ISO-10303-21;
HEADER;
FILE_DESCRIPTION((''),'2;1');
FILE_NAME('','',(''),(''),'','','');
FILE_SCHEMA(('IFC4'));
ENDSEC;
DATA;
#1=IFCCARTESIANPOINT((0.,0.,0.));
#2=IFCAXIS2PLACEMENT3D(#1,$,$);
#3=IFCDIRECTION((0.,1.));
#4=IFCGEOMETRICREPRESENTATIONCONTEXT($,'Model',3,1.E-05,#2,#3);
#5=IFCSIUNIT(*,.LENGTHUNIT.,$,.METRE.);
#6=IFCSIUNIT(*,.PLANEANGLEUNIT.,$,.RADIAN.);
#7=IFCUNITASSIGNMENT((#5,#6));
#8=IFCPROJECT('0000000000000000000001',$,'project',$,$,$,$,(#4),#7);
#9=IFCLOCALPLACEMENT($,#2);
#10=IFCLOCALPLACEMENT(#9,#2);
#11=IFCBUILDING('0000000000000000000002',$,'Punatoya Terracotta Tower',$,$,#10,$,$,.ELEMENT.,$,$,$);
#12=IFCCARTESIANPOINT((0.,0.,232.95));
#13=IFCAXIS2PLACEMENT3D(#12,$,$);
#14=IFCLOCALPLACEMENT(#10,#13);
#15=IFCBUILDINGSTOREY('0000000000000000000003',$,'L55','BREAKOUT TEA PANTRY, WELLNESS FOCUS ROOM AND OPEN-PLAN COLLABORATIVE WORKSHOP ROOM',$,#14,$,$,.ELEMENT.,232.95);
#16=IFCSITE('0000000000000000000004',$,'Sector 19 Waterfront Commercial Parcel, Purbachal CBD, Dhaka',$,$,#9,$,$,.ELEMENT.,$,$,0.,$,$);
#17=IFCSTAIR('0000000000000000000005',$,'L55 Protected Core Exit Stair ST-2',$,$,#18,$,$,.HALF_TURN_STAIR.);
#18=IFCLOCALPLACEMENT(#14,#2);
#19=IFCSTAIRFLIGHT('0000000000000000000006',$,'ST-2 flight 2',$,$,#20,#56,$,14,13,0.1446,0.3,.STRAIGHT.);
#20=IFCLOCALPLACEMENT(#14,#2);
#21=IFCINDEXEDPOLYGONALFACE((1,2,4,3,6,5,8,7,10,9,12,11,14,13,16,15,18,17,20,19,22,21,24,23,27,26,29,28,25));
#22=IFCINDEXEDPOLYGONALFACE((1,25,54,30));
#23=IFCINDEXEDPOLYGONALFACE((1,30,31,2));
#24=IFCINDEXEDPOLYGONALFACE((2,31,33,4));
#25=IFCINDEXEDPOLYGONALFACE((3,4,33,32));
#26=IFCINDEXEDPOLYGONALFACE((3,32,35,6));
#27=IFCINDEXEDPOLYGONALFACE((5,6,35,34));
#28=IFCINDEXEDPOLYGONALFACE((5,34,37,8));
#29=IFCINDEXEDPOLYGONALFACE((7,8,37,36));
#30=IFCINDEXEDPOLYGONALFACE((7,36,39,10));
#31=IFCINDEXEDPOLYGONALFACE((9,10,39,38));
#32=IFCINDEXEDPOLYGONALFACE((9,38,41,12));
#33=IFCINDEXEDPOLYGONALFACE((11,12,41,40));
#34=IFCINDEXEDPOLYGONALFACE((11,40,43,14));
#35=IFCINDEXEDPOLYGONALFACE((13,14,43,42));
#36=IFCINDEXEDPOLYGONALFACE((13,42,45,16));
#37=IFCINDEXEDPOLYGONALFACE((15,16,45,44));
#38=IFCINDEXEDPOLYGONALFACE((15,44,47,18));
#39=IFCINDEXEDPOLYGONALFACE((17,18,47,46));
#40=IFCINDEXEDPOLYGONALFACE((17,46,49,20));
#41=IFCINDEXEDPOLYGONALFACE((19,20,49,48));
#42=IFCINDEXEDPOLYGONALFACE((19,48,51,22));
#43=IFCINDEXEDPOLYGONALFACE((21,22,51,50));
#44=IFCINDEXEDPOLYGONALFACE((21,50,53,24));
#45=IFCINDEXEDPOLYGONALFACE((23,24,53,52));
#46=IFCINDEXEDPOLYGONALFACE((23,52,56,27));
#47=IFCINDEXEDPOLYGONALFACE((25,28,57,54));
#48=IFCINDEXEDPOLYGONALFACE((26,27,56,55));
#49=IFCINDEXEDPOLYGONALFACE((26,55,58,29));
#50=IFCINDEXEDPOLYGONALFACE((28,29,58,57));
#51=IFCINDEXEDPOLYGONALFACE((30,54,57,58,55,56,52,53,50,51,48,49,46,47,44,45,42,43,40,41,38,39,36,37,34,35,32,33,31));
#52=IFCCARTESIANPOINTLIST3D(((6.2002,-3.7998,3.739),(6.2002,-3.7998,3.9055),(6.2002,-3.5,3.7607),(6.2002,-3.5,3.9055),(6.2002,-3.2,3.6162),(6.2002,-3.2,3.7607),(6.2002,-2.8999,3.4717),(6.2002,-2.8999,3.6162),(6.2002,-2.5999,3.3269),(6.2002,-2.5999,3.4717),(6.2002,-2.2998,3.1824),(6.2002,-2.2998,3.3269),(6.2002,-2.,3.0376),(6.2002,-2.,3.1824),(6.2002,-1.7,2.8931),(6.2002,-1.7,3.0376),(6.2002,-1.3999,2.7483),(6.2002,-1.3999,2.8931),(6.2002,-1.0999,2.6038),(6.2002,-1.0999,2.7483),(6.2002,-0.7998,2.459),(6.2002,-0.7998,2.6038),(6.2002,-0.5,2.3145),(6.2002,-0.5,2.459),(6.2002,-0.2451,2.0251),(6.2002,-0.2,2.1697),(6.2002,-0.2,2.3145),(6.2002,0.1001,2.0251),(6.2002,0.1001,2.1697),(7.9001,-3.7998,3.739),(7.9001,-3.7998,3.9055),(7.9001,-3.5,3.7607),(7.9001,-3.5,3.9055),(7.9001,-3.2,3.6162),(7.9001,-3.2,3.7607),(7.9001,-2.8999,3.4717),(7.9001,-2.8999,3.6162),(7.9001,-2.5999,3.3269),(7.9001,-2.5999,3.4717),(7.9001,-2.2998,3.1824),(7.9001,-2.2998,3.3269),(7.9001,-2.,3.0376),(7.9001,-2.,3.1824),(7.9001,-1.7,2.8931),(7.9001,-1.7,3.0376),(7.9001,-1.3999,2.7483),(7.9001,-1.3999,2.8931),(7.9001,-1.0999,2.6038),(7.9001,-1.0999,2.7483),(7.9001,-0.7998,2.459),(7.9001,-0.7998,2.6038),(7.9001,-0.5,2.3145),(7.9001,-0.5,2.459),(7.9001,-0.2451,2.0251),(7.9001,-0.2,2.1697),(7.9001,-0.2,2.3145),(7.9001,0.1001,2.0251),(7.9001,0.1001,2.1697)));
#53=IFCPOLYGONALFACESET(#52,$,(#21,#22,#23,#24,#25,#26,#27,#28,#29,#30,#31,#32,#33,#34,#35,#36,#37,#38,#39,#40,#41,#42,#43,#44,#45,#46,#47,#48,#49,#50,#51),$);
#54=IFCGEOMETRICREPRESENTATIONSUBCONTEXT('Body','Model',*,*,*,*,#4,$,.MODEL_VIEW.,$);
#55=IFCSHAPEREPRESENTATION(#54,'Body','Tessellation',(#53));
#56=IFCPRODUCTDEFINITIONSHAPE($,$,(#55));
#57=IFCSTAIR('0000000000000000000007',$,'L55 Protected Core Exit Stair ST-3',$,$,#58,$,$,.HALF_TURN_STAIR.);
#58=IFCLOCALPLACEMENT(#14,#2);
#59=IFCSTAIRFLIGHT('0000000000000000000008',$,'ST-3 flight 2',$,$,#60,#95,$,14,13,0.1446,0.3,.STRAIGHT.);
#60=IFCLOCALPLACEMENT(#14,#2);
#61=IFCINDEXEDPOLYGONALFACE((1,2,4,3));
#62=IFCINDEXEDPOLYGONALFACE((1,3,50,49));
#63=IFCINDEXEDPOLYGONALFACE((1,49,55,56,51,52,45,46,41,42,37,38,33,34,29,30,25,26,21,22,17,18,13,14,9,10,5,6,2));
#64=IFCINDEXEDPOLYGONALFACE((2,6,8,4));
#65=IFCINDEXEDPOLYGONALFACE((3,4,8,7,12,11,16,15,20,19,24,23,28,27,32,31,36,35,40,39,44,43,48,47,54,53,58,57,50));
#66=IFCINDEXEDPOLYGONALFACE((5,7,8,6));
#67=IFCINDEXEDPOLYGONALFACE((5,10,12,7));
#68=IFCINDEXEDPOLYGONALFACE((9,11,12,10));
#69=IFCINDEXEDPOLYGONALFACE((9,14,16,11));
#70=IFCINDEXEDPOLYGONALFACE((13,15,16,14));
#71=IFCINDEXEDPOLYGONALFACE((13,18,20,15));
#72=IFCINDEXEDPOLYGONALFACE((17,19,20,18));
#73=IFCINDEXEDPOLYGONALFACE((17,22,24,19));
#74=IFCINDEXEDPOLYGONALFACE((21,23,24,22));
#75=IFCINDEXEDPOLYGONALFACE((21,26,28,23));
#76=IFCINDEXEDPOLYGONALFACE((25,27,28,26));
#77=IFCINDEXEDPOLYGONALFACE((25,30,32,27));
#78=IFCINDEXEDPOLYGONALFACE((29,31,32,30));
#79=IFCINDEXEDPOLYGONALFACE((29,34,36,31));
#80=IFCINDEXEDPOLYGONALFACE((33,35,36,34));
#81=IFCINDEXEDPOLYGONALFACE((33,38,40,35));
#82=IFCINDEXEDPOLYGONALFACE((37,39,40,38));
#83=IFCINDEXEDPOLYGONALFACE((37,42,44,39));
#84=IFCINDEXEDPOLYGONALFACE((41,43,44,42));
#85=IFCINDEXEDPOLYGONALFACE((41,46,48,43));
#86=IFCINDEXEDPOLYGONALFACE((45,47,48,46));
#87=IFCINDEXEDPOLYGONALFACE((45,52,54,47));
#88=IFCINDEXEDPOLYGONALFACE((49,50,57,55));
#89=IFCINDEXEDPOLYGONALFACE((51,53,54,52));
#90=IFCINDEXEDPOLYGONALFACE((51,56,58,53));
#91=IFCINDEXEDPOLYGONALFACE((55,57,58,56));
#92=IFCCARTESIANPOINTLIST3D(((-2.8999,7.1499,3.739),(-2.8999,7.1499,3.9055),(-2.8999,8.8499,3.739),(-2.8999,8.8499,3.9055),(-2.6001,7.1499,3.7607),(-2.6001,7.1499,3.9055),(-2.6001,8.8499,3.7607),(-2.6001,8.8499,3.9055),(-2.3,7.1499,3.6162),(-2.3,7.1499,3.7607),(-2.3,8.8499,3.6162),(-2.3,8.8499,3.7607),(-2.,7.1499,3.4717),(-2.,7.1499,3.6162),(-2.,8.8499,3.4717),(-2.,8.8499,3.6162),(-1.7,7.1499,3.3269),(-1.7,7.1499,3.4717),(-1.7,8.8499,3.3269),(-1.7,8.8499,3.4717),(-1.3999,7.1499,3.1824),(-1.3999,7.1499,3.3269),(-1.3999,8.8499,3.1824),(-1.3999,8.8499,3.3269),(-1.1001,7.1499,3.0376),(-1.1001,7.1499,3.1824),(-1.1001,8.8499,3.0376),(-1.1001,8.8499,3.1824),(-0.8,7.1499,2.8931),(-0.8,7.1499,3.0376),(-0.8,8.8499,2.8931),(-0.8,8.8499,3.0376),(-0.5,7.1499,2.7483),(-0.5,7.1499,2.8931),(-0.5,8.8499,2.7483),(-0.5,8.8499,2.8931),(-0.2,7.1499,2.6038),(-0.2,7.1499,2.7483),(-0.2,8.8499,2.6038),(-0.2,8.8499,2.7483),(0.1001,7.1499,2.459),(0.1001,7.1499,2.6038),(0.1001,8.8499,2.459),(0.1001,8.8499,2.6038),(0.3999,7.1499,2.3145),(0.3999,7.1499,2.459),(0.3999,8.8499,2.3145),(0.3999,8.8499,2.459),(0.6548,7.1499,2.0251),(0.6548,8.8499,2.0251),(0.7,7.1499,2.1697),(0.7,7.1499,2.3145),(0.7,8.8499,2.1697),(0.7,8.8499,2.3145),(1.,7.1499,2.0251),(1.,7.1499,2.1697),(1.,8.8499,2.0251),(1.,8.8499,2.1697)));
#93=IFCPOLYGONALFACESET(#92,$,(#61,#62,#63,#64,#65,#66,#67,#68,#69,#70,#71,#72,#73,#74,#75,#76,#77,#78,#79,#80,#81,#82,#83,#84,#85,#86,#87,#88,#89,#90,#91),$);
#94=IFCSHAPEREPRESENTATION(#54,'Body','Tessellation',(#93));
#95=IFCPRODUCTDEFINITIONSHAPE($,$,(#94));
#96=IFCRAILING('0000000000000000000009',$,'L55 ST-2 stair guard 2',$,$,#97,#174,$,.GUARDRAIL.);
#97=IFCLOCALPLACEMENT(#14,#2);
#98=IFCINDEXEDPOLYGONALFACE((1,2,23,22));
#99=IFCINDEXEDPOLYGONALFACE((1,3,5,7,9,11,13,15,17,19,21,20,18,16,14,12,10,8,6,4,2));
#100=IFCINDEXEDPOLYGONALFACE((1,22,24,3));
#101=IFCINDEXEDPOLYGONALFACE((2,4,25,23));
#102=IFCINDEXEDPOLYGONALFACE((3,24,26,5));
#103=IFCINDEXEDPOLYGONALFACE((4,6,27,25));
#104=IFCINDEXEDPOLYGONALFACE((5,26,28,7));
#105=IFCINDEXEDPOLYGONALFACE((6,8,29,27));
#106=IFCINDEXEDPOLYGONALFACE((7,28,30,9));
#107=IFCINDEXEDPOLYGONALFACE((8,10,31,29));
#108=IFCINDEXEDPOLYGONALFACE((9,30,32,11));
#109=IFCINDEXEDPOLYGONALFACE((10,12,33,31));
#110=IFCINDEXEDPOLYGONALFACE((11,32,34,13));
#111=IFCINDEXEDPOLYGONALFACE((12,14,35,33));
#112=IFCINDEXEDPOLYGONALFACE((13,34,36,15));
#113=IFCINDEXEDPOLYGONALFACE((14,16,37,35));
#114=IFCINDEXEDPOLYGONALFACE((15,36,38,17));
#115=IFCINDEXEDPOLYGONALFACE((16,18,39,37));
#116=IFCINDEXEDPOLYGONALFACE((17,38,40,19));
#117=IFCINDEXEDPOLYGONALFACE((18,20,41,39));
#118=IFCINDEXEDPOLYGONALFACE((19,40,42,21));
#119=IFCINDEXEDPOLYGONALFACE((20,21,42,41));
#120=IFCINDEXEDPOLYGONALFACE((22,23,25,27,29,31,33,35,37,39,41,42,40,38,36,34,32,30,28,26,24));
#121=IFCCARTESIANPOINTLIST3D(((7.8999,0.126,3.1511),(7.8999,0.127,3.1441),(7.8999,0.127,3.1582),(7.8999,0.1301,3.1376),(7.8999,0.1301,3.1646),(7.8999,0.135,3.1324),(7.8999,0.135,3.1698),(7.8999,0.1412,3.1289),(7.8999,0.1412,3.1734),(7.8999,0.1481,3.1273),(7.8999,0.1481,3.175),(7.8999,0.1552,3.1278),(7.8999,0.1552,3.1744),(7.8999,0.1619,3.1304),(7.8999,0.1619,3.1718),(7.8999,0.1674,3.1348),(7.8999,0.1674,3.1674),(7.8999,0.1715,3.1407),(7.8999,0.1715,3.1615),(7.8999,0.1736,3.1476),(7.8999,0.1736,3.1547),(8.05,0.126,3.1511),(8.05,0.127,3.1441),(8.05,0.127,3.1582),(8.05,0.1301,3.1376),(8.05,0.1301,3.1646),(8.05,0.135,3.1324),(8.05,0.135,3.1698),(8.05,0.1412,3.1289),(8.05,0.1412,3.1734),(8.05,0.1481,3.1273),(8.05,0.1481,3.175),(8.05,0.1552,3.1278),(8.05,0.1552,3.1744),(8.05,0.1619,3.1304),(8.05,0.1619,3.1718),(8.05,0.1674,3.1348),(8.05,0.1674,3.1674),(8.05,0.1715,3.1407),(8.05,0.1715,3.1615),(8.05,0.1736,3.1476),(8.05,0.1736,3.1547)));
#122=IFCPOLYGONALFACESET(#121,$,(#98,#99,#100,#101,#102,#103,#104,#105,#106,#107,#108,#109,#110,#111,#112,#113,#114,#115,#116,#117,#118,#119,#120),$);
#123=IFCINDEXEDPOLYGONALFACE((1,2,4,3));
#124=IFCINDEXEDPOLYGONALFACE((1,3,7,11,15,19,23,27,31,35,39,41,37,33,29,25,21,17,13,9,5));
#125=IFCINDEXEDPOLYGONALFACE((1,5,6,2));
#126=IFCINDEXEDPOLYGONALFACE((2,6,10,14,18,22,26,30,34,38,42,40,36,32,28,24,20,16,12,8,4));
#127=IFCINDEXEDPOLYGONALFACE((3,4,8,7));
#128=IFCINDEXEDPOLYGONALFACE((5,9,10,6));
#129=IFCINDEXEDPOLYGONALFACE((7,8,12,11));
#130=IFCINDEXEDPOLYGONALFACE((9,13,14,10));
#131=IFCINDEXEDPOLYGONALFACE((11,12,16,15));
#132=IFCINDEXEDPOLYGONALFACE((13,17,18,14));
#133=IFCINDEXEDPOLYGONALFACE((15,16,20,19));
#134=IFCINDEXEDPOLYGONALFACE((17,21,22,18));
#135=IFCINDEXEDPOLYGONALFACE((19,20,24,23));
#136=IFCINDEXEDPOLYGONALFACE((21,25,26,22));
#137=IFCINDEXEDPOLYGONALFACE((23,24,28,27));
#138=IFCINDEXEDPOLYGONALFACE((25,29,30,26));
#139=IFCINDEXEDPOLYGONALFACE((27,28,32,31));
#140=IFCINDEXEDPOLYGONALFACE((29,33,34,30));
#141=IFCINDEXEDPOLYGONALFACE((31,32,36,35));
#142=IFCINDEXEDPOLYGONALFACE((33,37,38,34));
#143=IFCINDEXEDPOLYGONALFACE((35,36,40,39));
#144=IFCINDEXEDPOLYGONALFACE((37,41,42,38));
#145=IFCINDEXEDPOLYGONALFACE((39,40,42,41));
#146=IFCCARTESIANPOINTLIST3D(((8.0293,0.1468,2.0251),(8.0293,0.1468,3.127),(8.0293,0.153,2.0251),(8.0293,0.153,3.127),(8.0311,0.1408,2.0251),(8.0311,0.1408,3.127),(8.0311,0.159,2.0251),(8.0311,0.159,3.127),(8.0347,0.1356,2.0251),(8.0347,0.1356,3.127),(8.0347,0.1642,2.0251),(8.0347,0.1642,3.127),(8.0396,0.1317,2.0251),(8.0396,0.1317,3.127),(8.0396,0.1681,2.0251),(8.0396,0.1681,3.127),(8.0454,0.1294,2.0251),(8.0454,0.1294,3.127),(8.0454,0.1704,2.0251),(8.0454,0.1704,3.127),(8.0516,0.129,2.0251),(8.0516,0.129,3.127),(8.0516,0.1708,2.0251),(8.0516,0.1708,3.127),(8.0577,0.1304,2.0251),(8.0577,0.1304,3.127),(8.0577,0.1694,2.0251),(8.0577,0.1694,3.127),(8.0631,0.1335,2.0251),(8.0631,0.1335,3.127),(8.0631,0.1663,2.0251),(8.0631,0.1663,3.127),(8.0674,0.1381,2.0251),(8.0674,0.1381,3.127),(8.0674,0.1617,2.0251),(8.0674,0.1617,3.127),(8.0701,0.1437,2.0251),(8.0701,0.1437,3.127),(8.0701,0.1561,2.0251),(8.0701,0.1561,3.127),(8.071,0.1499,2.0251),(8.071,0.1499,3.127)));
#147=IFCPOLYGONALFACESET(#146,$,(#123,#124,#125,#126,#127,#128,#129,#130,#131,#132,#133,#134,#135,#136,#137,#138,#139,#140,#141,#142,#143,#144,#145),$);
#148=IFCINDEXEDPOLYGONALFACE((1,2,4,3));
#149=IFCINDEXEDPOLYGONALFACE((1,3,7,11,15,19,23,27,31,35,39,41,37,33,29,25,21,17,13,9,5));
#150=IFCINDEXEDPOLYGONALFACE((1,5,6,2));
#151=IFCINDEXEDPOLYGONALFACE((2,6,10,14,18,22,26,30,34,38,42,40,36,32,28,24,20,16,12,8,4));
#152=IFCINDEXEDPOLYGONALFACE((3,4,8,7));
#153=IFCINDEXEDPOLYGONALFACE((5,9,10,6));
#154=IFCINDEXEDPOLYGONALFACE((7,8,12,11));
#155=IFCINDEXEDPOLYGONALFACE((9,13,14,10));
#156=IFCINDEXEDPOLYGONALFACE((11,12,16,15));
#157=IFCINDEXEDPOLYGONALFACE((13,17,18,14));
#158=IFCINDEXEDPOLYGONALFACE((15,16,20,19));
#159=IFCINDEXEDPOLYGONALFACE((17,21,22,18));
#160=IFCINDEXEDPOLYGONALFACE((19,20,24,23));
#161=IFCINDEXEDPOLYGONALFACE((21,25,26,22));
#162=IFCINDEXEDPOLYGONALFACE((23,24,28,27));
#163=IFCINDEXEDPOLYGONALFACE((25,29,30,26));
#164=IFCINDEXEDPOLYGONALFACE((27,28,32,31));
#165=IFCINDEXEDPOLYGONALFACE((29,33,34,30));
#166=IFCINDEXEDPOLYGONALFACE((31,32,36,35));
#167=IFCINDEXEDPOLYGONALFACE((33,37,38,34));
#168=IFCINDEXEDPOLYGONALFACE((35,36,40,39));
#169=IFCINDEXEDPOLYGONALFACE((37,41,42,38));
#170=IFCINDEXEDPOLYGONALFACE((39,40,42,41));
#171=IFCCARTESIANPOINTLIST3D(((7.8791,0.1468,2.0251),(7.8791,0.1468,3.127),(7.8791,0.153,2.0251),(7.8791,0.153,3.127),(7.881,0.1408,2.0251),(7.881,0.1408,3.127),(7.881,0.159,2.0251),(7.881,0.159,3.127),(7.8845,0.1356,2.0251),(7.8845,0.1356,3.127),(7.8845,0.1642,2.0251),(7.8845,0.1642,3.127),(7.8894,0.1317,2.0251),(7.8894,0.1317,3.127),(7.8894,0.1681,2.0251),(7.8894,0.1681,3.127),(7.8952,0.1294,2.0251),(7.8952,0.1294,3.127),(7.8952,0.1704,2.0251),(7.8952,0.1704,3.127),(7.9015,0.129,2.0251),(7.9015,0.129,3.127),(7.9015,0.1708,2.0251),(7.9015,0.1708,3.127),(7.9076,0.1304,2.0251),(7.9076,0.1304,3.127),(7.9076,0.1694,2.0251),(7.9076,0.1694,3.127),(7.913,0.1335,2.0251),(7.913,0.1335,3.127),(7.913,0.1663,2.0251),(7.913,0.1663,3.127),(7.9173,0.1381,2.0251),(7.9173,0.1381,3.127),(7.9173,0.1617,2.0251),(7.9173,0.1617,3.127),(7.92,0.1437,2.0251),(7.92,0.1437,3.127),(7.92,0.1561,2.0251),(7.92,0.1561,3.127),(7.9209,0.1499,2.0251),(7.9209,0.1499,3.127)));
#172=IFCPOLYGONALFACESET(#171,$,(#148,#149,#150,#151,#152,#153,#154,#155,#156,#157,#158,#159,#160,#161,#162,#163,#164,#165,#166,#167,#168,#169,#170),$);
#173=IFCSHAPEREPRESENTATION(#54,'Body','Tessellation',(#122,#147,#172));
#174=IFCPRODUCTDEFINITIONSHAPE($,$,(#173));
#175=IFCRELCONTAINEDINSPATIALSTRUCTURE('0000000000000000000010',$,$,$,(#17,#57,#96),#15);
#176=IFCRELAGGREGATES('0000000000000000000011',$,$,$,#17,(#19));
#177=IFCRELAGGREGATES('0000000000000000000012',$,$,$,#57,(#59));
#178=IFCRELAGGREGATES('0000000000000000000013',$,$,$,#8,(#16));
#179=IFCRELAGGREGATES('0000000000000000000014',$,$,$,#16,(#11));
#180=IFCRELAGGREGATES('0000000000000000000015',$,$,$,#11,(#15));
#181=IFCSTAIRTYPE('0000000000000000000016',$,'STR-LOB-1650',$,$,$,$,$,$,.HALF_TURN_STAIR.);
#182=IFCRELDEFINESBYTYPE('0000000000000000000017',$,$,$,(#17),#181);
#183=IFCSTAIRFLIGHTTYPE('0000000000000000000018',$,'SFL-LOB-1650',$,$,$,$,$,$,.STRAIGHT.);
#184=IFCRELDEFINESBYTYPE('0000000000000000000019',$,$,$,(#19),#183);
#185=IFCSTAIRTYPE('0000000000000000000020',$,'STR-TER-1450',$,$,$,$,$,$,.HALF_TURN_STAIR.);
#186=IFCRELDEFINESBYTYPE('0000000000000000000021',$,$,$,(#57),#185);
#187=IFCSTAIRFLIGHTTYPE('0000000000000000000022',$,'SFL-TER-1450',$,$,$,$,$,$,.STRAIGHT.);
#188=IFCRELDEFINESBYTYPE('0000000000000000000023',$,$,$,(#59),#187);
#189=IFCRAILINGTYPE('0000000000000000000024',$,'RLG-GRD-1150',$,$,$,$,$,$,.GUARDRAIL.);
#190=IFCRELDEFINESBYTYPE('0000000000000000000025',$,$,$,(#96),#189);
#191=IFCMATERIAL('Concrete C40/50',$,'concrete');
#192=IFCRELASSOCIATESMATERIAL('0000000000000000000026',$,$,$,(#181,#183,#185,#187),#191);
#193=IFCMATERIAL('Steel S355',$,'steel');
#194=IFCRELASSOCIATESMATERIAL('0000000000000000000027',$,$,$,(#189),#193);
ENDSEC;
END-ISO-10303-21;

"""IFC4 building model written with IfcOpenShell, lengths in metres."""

from ifc_helpers import new_model, si_unit, direction, frame, origin, origin_2d, place, context, subcontext, project, spatial, polyline, circle, outline, extrude, material, type_object, element, aggregate, save


model = new_model("IFC4")

# Units and contexts
model_context = context("Model", 3, precision=1e-05, world=origin(), true_north=direction((0.0, 1.0)))
body_context = subcontext(model_context, "Body", "Model", "MODEL_VIEW")
ifc_project = project(units=[si_unit("LENGTHUNIT", "METRE"), si_unit("PLANEANGLEUNIT", "RADIAN")], contexts=[model_context])

# Site, building, storey
site_placement = place(None, origin())
site = spatial("IfcSite", under=ifc_project, at=site_placement, Name="Sector 19 Waterfront Commercial Parcel, Purbachal CBD, Dhaka", CompositionType="ELEMENT", RefElevation=0.0)
building_placement = place(site_placement, origin())
building = spatial("IfcBuilding", under=site, at=building_placement, Name="Punatoya Terracotta Tower", CompositionType="ELEMENT")
storey_placement = place(building_placement, frame((0.0, 0.0, 232.95)))
storey = spatial("IfcBuildingStorey", under=building, at=storey_placement, Name="L55", Description="BREAKOUT TEA PANTRY, WELLNESS FOCUS ROOM AND OPEN-PLAN COLLABORATIVE WORKSHOP ROOM", CompositionType="ELEMENT", Elevation=232.95)

# Shared definitions
ifc_material_1 = material(Name="Steel S355", Category="steel")

# Shared definitions
ifc_material_2 = material(Name="Concrete C40/50", Category="concrete")

# Stairs, stair flights
stair_type_1 = type_object("IfcStairType", Name="STR-LOB-1650", PredefinedType="HALF_TURN_STAIR", material=ifc_material_2)
stair_1_placement = place(storey_placement, origin())
stair_1 = element("IfcStair", 1, at=stair_1_placement, inside=storey, type_object=stair_type_1, Name="L55 Protected Core Exit Stair ST-2", PredefinedType="HALF_TURN_STAIR")
stair_flight_type_1 = type_object("IfcStairFlightType", Name="SFL-LOB-1650", PredefinedType="STRAIGHT", material=ifc_material_2)
stair_flight_1_placement = place(storey_placement, frame((7.05, 0.1001, 2.0251), z_axis=(0.0, 0.0, 1.0), x_axis=(0.0, -1.0, 0.0)))
stair_flight_1 = element("IfcStairFlight", 2, at=stair_flight_1_placement, type_object=stair_flight_type_1, Name="ST-2 flight 2", NumberOfRisers=14, NumberOfTreads=13, PredefinedType="STRAIGHT", RiserHeight=0.1446, TreadLength=0.3, context=body_context, shape_type="SweptSolid", body=[
    extrude(outline(polyline([(0.0, 0.0), (0.0, 0.1445), (0.3, 0.1445), (0.3, 0.2893), (0.6001, 0.2893), (0.6001, 0.4338), (0.8999, 0.4338), (0.8999, 0.5786), (1.2, 0.5786), (1.2, 0.7231), (1.5, 0.7231), (1.5, 0.8679), (1.8, 0.8679), (1.8, 1.0125), (2.1001, 1.0125), (2.1001, 1.1572), (2.3999, 1.1572), (2.3999, 1.3018), (2.7, 1.3018), (2.7, 1.4465), (3.0, 1.4465), (3.0, 1.5911), (3.3, 1.5911), (3.3, 1.7356), (3.6001, 1.7356), (3.6001, 1.8804), (3.8999, 1.8804), (3.8999, 2.0249), (3.8999, 1.7139), (0.3452, 0.0), (0.0, 0.0)])), frame((0.0, 0.8501, 0.0), z_axis=(0.0, -1.0, 0.0), x_axis=(1.0, 0.0, 0.0)), (0.0, 0.0, 1.0), 1.7),
])
aggregate(stair_1, [stair_flight_1])
stair_type_2 = type_object("IfcStairType", Name="STR-TER-1450", PredefinedType="HALF_TURN_STAIR", material=ifc_material_2)
stair_2_placement = place(storey_placement, origin())
stair_2 = element("IfcStair", 3, at=stair_2_placement, inside=storey, type_object=stair_type_2, Name="L55 Protected Core Exit Stair ST-3", PredefinedType="HALF_TURN_STAIR")
stair_flight_type_2 = type_object("IfcStairFlightType", Name="SFL-TER-1450", PredefinedType="STRAIGHT", material=ifc_material_2)
stair_flight_2_placement = place(storey_placement, frame((1.0, 8.0, 2.0251), z_axis=(0.0, 0.0, 1.0), x_axis=(-1.0, 0.0, 0.0)))
stair_flight_2 = element("IfcStairFlight", 4, at=stair_flight_2_placement, type_object=stair_flight_type_2, Name="ST-3 flight 2", NumberOfRisers=14, NumberOfTreads=13, PredefinedType="STRAIGHT", RiserHeight=0.1446, TreadLength=0.3, context=body_context, shape_type="SweptSolid", body=[
    extrude(outline(polyline([(0.0, 0.0), (0.0, 0.1445), (0.3, 0.1445), (0.3, 0.2893), (0.6001, 0.2893), (0.6001, 0.4338), (0.8999, 0.4338), (0.8999, 0.5786), (1.2, 0.5786), (1.2, 0.7231), (1.5, 0.7231), (1.5, 0.8679), (1.8, 0.8679), (1.8, 1.0125), (2.1001, 1.0125), (2.1001, 1.1572), (2.3999, 1.1572), (2.3999, 1.3018), (2.7, 1.3018), (2.7, 1.4465), (3.0, 1.4465), (3.0, 1.5911), (3.3, 1.5911), (3.3, 1.7356), (3.6001, 1.7356), (3.6001, 1.8804), (3.8999, 1.8804), (3.8999, 2.0249), (3.8999, 1.7139), (0.3452, 0.0), (0.0, 0.0)])), frame((0.0, 0.8501, 0.0), z_axis=(0.0, -1.0, 0.0), x_axis=(1.0, 0.0, 0.0)), (0.0, 0.0, 1.0), 1.7),
])
aggregate(stair_2, [stair_flight_2])

# Railing
railing_type_1 = type_object("IfcRailingType", Name="RLG-GRD-1150", PredefinedType="GUARDRAIL", material=ifc_material_1)
railing_1_placement = place(storey_placement, frame((8.05, 0.1499, 2.0251)))
element("IfcRailing", 5, at=railing_1_placement, inside=storey, type_object=railing_type_1, Name="L55 ST-2 stair guard 2", PredefinedType="GUARDRAIL", context=body_context, shape_type="SweptSolid", body=[
    extrude(circle(Radius=0.0239, at=origin_2d()), frame((0.0, 0.0, 1.126), z_axis=(-1.0, 0.0, 0.0), x_axis=(0.0, -1.0, 0.0)), (0.0, 0.0, 1.0), 0.1501),
    extrude(circle(Radius=0.021, at=origin_2d()), origin(), (0.0, 0.0, 1.0), 1.1018),
    extrude(circle(Radius=0.021, at=origin_2d()), frame((-0.1501, 0.0, 0.0)), (0.0, 0.0, 1.0), 1.1018),
])

save(model, "model.ifc")
